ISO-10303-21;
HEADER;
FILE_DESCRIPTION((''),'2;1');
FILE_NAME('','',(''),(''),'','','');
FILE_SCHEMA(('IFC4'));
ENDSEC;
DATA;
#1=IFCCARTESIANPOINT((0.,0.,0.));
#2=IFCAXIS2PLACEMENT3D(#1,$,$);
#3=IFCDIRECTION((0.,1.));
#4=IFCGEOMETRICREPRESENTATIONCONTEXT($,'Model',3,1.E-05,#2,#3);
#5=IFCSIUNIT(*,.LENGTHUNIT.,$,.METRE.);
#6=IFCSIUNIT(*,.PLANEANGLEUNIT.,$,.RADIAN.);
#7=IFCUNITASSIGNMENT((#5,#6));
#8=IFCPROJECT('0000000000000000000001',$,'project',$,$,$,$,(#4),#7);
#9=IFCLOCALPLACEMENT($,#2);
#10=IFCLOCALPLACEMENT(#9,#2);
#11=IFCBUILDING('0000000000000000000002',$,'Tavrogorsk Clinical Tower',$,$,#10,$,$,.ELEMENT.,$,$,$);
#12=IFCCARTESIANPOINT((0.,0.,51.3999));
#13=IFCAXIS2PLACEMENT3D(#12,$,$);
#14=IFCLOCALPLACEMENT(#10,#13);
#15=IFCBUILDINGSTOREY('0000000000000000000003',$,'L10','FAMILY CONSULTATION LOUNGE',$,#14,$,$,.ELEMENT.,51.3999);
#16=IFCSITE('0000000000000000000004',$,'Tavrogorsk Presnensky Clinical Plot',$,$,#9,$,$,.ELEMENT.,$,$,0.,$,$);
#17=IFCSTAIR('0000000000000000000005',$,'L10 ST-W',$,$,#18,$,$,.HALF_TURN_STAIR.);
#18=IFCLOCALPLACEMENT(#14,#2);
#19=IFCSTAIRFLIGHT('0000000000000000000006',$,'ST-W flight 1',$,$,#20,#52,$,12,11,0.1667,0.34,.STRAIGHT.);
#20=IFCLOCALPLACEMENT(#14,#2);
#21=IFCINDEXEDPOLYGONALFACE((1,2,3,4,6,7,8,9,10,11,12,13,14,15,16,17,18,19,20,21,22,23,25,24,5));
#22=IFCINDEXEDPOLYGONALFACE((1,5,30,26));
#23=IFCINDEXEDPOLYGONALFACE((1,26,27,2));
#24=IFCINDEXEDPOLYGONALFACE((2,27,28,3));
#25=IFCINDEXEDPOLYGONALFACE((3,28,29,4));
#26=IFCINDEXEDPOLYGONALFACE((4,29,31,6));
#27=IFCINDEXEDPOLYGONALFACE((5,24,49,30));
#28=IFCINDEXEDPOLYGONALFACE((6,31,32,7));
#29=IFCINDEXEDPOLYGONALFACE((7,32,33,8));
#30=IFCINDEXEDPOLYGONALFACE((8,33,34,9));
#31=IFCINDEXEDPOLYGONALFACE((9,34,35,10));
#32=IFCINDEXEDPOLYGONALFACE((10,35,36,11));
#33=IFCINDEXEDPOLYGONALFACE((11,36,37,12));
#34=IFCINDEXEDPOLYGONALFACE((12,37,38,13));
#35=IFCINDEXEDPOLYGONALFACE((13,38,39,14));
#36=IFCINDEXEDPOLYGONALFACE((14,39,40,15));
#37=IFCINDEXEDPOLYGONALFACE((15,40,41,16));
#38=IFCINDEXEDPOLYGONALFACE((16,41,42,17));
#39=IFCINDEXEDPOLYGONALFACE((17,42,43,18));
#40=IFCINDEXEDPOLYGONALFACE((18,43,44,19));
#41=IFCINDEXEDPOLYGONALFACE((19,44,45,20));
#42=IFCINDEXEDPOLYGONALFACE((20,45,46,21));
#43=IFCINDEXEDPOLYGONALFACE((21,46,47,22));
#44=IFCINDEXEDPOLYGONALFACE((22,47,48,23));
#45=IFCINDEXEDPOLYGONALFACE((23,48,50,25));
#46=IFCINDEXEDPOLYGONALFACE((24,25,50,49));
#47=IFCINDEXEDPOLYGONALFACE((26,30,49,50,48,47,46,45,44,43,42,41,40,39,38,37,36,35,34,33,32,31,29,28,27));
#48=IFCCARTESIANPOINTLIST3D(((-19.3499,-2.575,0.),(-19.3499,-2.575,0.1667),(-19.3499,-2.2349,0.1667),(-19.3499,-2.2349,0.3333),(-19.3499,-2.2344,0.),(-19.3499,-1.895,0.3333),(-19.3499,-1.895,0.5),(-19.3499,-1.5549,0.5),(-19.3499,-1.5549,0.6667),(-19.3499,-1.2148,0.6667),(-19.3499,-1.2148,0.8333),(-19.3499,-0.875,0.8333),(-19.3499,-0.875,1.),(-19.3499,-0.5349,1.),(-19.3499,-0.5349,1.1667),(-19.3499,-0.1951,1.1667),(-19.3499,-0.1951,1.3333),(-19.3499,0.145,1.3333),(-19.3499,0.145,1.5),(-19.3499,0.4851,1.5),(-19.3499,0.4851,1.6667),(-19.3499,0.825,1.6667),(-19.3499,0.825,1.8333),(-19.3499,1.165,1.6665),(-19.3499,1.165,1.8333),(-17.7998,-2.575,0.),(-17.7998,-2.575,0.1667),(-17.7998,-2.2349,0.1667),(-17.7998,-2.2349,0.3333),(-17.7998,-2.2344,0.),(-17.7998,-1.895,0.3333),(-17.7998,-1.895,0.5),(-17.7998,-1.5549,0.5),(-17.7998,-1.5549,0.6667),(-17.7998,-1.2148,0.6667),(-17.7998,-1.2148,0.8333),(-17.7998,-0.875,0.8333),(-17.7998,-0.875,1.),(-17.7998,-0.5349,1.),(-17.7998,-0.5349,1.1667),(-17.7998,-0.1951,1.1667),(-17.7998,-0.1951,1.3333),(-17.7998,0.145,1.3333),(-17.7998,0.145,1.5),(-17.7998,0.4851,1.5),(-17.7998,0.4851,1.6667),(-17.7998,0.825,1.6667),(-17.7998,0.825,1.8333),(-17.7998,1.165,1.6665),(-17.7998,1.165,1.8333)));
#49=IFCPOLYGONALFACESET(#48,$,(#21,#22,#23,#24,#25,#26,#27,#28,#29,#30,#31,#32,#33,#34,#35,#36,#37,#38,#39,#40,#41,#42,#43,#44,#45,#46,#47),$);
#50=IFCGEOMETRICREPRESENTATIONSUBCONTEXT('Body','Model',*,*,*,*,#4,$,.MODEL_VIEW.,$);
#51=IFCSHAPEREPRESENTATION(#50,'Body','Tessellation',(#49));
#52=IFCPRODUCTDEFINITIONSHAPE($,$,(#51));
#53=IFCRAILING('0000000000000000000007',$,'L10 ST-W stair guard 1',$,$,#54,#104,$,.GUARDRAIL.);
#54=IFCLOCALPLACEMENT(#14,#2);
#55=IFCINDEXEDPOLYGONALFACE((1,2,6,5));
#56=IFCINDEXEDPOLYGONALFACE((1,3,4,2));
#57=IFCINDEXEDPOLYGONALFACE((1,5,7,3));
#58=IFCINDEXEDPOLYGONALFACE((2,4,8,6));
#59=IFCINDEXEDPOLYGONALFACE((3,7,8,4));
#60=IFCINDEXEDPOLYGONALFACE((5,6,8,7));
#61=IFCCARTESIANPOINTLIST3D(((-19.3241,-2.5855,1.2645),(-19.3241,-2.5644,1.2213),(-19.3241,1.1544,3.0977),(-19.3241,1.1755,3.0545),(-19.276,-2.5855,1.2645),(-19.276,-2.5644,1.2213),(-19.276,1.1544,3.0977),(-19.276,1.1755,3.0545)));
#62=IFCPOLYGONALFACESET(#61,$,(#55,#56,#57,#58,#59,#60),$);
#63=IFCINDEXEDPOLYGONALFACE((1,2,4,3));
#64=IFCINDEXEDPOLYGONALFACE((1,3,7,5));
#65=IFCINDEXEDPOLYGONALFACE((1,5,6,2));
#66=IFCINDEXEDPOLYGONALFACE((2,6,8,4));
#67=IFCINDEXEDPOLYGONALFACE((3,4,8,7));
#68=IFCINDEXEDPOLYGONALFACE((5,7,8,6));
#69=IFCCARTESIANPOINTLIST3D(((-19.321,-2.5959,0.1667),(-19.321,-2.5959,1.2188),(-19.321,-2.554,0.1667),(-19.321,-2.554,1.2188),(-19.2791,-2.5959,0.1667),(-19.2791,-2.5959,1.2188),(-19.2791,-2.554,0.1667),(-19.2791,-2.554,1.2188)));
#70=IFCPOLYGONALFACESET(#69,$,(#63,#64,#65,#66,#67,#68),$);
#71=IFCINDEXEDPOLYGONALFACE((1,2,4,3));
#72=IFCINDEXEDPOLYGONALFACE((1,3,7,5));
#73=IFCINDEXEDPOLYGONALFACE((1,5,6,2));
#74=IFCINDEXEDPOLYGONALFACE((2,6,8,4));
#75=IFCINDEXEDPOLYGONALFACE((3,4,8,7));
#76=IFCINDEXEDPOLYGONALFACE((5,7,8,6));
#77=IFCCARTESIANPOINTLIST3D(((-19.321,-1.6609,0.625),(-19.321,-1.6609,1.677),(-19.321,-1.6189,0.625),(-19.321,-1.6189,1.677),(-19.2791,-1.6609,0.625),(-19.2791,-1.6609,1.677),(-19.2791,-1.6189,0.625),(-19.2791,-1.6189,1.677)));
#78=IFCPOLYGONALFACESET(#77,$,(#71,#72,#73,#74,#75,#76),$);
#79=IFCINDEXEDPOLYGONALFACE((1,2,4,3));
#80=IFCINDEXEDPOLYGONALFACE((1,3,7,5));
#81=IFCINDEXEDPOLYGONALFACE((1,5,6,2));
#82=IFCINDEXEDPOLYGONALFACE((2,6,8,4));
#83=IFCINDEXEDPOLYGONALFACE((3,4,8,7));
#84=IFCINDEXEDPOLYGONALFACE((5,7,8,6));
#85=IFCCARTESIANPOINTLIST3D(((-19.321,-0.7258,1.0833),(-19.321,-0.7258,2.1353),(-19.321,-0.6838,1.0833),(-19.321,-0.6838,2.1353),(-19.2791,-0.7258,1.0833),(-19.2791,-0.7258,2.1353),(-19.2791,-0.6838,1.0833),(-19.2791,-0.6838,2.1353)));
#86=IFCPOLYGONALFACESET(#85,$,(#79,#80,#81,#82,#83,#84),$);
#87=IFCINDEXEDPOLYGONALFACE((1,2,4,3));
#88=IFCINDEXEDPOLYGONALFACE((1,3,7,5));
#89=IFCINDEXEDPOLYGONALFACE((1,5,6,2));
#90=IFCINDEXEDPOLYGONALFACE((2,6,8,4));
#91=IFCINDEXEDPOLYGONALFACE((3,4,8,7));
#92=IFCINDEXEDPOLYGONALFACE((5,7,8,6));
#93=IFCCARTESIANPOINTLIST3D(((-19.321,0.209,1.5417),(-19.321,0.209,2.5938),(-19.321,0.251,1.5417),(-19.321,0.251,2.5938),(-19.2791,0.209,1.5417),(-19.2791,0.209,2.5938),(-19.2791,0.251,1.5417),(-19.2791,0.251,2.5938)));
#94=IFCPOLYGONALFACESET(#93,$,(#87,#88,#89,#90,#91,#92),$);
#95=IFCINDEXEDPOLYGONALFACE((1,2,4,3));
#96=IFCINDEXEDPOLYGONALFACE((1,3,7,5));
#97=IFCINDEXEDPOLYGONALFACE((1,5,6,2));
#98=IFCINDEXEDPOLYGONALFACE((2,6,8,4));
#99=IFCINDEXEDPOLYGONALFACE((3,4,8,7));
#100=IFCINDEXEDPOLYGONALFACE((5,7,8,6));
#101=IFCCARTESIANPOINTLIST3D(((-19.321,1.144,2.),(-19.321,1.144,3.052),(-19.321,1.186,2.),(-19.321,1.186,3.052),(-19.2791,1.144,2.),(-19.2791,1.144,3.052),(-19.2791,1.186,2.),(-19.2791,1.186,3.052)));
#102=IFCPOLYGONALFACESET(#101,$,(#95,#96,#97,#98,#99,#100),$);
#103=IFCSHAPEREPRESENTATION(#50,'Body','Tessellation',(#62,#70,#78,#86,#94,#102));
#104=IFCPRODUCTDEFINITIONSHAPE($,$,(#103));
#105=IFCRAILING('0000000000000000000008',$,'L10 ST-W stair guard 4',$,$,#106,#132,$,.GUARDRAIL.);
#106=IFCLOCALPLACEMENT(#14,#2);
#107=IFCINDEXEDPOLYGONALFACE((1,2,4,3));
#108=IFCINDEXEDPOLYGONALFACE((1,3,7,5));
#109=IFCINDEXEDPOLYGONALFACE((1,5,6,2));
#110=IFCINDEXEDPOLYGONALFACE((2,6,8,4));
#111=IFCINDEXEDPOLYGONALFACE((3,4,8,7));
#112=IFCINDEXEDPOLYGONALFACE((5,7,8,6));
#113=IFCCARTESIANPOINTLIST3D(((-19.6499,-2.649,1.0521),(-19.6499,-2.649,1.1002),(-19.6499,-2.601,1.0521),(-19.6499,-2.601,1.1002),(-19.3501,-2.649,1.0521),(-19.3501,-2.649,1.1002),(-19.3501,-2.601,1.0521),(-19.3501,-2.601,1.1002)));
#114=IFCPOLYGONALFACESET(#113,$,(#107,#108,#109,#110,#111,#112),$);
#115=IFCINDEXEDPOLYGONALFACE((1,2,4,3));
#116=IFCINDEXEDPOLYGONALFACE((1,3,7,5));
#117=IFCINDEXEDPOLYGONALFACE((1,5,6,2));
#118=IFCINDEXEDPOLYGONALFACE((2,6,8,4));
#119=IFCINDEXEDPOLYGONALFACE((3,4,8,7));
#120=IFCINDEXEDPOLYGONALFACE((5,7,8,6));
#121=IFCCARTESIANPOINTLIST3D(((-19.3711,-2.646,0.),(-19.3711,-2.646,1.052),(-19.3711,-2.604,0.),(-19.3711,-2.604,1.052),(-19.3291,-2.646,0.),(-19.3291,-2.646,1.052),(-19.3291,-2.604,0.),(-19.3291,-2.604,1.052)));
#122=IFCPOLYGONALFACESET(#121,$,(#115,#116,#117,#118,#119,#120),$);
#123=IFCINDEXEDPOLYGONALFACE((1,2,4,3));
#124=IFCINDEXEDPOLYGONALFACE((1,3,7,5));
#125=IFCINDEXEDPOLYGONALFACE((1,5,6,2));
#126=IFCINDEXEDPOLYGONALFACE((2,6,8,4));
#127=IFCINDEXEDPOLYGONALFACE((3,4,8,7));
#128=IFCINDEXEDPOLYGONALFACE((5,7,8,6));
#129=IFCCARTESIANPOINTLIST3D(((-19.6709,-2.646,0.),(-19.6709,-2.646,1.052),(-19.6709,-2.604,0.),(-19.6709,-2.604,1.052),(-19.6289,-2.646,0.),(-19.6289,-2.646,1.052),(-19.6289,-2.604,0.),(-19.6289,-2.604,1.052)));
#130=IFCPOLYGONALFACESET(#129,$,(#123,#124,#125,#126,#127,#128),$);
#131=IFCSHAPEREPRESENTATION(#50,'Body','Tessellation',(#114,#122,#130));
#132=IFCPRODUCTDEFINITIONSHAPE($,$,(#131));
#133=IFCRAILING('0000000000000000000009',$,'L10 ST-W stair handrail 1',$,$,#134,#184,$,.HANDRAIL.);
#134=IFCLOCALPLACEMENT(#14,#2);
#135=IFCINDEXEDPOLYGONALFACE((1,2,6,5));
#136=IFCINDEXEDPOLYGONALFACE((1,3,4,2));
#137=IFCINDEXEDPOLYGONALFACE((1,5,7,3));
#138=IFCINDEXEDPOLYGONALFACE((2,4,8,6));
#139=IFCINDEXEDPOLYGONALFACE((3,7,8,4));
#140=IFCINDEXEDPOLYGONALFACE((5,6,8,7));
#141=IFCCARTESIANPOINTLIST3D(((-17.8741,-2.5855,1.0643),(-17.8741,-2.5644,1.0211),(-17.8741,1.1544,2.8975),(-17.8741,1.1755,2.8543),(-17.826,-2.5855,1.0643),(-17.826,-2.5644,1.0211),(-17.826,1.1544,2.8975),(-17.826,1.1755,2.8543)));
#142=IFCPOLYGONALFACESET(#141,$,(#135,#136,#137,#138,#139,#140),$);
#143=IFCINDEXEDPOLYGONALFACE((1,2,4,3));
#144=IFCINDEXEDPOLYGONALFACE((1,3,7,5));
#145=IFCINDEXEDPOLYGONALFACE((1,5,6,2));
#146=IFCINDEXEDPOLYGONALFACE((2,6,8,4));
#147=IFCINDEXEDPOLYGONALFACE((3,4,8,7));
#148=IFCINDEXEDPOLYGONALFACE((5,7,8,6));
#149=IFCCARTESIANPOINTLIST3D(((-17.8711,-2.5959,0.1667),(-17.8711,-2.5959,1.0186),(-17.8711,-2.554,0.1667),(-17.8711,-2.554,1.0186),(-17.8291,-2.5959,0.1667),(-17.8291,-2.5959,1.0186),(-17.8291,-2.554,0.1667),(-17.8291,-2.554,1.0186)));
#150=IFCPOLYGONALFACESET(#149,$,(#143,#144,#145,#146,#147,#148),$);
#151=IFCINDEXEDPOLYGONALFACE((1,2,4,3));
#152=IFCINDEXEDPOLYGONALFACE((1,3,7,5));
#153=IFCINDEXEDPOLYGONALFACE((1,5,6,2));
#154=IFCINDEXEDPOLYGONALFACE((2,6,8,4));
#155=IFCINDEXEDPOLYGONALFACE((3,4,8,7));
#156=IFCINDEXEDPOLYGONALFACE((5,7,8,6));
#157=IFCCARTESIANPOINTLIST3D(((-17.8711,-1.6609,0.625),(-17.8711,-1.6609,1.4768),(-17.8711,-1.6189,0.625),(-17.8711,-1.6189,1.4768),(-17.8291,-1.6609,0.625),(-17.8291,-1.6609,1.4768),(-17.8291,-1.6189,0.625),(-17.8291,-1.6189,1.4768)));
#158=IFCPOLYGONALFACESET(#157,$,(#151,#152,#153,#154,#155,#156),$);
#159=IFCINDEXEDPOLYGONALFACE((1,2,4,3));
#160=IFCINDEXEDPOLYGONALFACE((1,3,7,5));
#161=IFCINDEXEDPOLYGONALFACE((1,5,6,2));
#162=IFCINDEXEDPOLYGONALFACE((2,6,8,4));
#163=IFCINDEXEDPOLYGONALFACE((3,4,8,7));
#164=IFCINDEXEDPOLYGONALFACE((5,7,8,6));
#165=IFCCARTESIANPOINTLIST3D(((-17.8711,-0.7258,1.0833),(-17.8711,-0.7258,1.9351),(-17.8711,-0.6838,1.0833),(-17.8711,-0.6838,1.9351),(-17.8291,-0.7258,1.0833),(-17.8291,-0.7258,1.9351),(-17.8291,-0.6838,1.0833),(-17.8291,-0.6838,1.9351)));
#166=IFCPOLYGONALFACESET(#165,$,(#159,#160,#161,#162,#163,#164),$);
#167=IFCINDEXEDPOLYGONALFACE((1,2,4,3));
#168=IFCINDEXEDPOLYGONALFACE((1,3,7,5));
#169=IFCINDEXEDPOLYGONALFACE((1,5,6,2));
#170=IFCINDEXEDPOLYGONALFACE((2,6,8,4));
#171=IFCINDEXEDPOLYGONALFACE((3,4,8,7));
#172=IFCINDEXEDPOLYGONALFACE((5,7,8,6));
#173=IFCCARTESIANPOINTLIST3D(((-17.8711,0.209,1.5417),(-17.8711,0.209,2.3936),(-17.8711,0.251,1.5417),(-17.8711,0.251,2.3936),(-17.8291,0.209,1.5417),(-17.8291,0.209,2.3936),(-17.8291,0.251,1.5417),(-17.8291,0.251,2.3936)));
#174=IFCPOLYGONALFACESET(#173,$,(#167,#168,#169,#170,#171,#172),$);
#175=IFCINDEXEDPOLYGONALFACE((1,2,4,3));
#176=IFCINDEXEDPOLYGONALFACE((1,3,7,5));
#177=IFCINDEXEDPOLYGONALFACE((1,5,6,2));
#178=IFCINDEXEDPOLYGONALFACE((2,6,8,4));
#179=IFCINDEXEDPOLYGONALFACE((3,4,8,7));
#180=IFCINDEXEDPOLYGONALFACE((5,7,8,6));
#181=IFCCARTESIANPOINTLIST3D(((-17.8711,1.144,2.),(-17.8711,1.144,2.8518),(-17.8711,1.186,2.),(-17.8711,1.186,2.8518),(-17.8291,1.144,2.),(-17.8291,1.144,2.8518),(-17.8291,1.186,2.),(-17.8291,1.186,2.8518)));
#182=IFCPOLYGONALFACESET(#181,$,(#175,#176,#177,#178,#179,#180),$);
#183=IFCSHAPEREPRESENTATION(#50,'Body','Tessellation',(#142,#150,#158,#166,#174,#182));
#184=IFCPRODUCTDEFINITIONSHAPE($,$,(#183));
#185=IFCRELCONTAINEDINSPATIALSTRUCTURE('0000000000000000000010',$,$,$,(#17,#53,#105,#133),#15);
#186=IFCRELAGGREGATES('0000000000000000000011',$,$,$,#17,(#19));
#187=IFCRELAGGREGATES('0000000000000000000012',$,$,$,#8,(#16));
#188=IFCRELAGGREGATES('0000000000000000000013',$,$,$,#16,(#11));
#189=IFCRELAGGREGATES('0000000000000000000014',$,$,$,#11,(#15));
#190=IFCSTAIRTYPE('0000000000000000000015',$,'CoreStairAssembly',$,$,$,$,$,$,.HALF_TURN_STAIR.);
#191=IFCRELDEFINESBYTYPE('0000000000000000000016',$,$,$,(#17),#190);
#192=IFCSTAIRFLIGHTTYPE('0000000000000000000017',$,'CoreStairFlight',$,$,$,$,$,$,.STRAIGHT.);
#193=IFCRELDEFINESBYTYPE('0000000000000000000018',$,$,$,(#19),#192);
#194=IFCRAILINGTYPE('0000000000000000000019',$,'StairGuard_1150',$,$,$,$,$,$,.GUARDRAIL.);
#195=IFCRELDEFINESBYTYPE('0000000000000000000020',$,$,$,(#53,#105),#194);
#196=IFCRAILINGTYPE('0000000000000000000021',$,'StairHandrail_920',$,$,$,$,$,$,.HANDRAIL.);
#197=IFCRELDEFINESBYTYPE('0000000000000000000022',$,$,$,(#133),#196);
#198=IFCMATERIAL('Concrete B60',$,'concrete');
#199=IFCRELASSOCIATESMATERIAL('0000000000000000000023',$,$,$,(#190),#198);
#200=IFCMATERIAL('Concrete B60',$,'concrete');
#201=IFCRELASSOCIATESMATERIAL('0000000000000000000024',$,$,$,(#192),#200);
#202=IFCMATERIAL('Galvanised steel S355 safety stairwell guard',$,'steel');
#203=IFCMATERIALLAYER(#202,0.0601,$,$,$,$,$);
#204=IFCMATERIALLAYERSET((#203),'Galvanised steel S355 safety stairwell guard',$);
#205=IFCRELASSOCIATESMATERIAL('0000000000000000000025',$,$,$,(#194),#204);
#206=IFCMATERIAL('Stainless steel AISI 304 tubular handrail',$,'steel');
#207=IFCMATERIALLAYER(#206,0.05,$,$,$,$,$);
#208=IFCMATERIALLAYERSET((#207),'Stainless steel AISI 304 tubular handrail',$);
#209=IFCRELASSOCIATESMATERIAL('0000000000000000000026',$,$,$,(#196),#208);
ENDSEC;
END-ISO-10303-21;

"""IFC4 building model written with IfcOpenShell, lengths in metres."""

from ifc_helpers import new_model, si_unit, direction, frame, origin, origin_2d, place, context, subcontext, project, spatial, polyline, rectangle, outline, extrude, material, layer, layer_set, type_object, element, aggregate, save


model = new_model("IFC4")

# Units and contexts
model_context = context("Model", 3, precision=1e-05, world=origin(), true_north=direction((0.0, 1.0)))
body_context = subcontext(model_context, "Body", "Model", "MODEL_VIEW")
ifc_project = project(units=[si_unit("LENGTHUNIT", "METRE"), si_unit("PLANEANGLEUNIT", "RADIAN")], contexts=[model_context])

# Site, building, storey
site_placement = place(None, origin())
site = spatial("IfcSite", under=ifc_project, at=site_placement, Name="Tavrogorsk Presnensky Clinical Plot", CompositionType="ELEMENT", RefElevation=0.0)
building_placement = place(site_placement, origin())
building = spatial("IfcBuilding", under=site, at=building_placement, Name="Tavrogorsk Clinical Tower", CompositionType="ELEMENT")
storey_placement = place(building_placement, frame((0.0, 0.0, 51.3999)))
storey = spatial("IfcBuildingStorey", under=building, at=storey_placement, Name="L10", Description="FAMILY CONSULTATION LOUNGE", CompositionType="ELEMENT", Elevation=51.3999)

# Stair, stair flight
ifc_material_1 = material(Name="Concrete B60", Category="concrete")
stair_type = type_object("IfcStairType", Name="CoreStairAssembly", PredefinedType="HALF_TURN_STAIR", material=ifc_material_1)
stair_placement = place(storey_placement, origin())
stair = element("IfcStair", 1, at=stair_placement, inside=storey, type_object=stair_type, Name="L10 ST-W", PredefinedType="HALF_TURN_STAIR")
ifc_material_2 = material(Name="Concrete B60", Category="concrete")
stair_flight_type = type_object("IfcStairFlightType", Name="CoreStairFlight", PredefinedType="STRAIGHT", material=ifc_material_2)
stair_flight_placement = place(storey_placement, frame((-18.575, -2.575, 0.0), z_axis=(0.0, 0.0, 1.0), x_axis=(0.0, 1.0, 0.0)))
stair_flight = element("IfcStairFlight", 2, at=stair_flight_placement, type_object=stair_flight_type, Name="ST-W flight 1", NumberOfRisers=12, NumberOfTreads=11, PredefinedType="STRAIGHT", RiserHeight=0.1667, TreadLength=0.34, context=body_context, shape_type="SweptSolid", body=[
    extrude(outline(polyline([(0.0, 0.0), (0.0, 0.1667), (0.3401, 0.1667), (0.3401, 0.3333), (0.6799, 0.3333), (0.6799, 0.5), (1.02, 0.5), (1.02, 0.6667), (1.3601, 0.6667), (1.3601, 0.8333), (1.7, 0.8333), (1.7, 1.0), (2.04, 1.0), (2.04, 1.1667), (2.3799, 1.1667), (2.3799, 1.3333), (2.72, 1.3333), (2.72, 1.5), (3.0601, 1.5), (3.0601, 1.6667), (3.3999, 1.6667), (3.3999, 1.8333), (3.74, 1.8333), (3.74, 2.0), (3.74, 1.6665), (0.3406, 0.0), (0.0, 0.0)])), frame((0.0, 0.7749, 0.0), z_axis=(0.0, -1.0, 0.0), x_axis=(1.0, 0.0, 0.0)), (0.0, 0.0, 1.0), 1.55),
])
aggregate(stair, [stair_flight])

# Railings
ifc_material_3 = material(Name="Galvanised steel S355 safety stairwell guard", Category="steel")
ifc_layer_1 = layer(ifc_material_3, 0.0601)
ifc_layer_set_1 = layer_set([ifc_layer_1], Name="Galvanised steel S355 safety stairwell guard")
railing_type_1 = type_object("IfcRailingType", Name="StairGuard_1150", PredefinedType="GUARDRAIL", material=ifc_layer_set_1)
railing_1_placement = place(storey_placement, frame((-19.3, -2.575, 0.1667)))
element("IfcRailing", 3, at=railing_1_placement, inside=storey, type_object=railing_type_1, Name="L10 ST-W stair guard 1", PredefinedType="GUARDRAIL", context=body_context, shape_type="SweptSolid", body=[
    extrude(rectangle(XDim=0.0481, YDim=0.0481, at=origin_2d()), frame((0.0, 0.0, 1.0762), z_axis=(0.0, 0.897928, 0.440142), x_axis=(-1.0, 0.0, 0.0)), (0.0, 0.0, 1.0), 4.165),
    extrude(rectangle(XDim=0.042, YDim=0.042, at=origin_2d()), origin(), (0.0, 0.0, 1.0), 1.052),
    extrude(rectangle(XDim=0.042, YDim=0.042, at=origin_2d()), frame((0.0, 0.9351, 0.4583)), (0.0, 0.0, 1.0), 1.052),
    extrude(rectangle(XDim=0.042, YDim=0.042, at=origin_2d()), frame((0.0, 1.8701, 0.9165)), (0.0, 0.0, 1.0), 1.052),
    extrude(rectangle(XDim=0.042, YDim=0.042, at=origin_2d()), frame((0.0, 2.8049, 1.375)), (0.0, 0.0, 1.0), 1.052),
    extrude(rectangle(XDim=0.042, YDim=0.042, at=origin_2d()), frame((0.0, 3.74, 1.8333)), (0.0, 0.0, 1.0), 1.052),
])
railing_2_placement = place(storey_placement, frame((-19.3501, -2.625, 0.0)))
element("IfcRailing", 4, at=railing_2_placement, inside=storey, type_object=railing_type_1, Name="L10 ST-W stair guard 4", PredefinedType="GUARDRAIL", context=body_context, shape_type="SweptSolid", body=[
    extrude(rectangle(XDim=0.0481, YDim=0.0481, at=origin_2d()), frame((0.0, 0.0, 1.0762), z_axis=(-1.0, 0.0, 0.0), x_axis=(0.0, -1.0, 0.0)), (0.0, 0.0, 1.0), 0.2998),
    extrude(rectangle(XDim=0.042, YDim=0.042, at=origin_2d()), origin(), (0.0, 0.0, 1.0), 1.052),
    extrude(rectangle(XDim=0.042, YDim=0.042, at=origin_2d()), frame((-0.2998, 0.0, 0.0)), (0.0, 0.0, 1.0), 1.052),
])
ifc_material_4 = material(Name="Stainless steel AISI 304 tubular handrail", Category="steel")
ifc_layer_2 = layer(ifc_material_4, 0.05)
ifc_layer_set_2 = layer_set([ifc_layer_2], Name="Stainless steel AISI 304 tubular handrail")
railing_type_2 = type_object("IfcRailingType", Name="StairHandrail_920", PredefinedType="HANDRAIL", material=ifc_layer_set_2)
railing_3_placement = place(storey_placement, frame((-17.8501, -2.575, 0.1667)))
element("IfcRailing", 5, at=railing_3_placement, inside=storey, type_object=railing_type_2, Name="L10 ST-W stair handrail 1", PredefinedType="HANDRAIL", context=body_context, shape_type="SweptSolid", body=[
    extrude(rectangle(XDim=0.0481, YDim=0.0481, at=origin_2d()), frame((0.0, 0.0, 0.876), z_axis=(0.0, 0.897928, 0.440142), x_axis=(-1.0, 0.0, 0.0)), (0.0, 0.0, 1.0), 4.165),
    extrude(rectangle(XDim=0.042, YDim=0.042, at=origin_2d()), origin(), (0.0, 0.0, 1.0), 0.8518),
    extrude(rectangle(XDim=0.042, YDim=0.042, at=origin_2d()), frame((0.0, 0.9351, 0.4583)), (0.0, 0.0, 1.0), 0.8518),
    extrude(rectangle(XDim=0.042, YDim=0.042, at=origin_2d()), frame((0.0, 1.8701, 0.9165)), (0.0, 0.0, 1.0), 0.8518),
    extrude(rectangle(XDim=0.042, YDim=0.042, at=origin_2d()), frame((0.0, 2.8049, 1.375)), (0.0, 0.0, 1.0), 0.8518),
    extrude(rectangle(XDim=0.042, YDim=0.042, at=origin_2d()), frame((0.0, 3.74, 1.8333)), (0.0, 0.0, 1.0), 0.8518),
])

save(model, "model.ifc")
